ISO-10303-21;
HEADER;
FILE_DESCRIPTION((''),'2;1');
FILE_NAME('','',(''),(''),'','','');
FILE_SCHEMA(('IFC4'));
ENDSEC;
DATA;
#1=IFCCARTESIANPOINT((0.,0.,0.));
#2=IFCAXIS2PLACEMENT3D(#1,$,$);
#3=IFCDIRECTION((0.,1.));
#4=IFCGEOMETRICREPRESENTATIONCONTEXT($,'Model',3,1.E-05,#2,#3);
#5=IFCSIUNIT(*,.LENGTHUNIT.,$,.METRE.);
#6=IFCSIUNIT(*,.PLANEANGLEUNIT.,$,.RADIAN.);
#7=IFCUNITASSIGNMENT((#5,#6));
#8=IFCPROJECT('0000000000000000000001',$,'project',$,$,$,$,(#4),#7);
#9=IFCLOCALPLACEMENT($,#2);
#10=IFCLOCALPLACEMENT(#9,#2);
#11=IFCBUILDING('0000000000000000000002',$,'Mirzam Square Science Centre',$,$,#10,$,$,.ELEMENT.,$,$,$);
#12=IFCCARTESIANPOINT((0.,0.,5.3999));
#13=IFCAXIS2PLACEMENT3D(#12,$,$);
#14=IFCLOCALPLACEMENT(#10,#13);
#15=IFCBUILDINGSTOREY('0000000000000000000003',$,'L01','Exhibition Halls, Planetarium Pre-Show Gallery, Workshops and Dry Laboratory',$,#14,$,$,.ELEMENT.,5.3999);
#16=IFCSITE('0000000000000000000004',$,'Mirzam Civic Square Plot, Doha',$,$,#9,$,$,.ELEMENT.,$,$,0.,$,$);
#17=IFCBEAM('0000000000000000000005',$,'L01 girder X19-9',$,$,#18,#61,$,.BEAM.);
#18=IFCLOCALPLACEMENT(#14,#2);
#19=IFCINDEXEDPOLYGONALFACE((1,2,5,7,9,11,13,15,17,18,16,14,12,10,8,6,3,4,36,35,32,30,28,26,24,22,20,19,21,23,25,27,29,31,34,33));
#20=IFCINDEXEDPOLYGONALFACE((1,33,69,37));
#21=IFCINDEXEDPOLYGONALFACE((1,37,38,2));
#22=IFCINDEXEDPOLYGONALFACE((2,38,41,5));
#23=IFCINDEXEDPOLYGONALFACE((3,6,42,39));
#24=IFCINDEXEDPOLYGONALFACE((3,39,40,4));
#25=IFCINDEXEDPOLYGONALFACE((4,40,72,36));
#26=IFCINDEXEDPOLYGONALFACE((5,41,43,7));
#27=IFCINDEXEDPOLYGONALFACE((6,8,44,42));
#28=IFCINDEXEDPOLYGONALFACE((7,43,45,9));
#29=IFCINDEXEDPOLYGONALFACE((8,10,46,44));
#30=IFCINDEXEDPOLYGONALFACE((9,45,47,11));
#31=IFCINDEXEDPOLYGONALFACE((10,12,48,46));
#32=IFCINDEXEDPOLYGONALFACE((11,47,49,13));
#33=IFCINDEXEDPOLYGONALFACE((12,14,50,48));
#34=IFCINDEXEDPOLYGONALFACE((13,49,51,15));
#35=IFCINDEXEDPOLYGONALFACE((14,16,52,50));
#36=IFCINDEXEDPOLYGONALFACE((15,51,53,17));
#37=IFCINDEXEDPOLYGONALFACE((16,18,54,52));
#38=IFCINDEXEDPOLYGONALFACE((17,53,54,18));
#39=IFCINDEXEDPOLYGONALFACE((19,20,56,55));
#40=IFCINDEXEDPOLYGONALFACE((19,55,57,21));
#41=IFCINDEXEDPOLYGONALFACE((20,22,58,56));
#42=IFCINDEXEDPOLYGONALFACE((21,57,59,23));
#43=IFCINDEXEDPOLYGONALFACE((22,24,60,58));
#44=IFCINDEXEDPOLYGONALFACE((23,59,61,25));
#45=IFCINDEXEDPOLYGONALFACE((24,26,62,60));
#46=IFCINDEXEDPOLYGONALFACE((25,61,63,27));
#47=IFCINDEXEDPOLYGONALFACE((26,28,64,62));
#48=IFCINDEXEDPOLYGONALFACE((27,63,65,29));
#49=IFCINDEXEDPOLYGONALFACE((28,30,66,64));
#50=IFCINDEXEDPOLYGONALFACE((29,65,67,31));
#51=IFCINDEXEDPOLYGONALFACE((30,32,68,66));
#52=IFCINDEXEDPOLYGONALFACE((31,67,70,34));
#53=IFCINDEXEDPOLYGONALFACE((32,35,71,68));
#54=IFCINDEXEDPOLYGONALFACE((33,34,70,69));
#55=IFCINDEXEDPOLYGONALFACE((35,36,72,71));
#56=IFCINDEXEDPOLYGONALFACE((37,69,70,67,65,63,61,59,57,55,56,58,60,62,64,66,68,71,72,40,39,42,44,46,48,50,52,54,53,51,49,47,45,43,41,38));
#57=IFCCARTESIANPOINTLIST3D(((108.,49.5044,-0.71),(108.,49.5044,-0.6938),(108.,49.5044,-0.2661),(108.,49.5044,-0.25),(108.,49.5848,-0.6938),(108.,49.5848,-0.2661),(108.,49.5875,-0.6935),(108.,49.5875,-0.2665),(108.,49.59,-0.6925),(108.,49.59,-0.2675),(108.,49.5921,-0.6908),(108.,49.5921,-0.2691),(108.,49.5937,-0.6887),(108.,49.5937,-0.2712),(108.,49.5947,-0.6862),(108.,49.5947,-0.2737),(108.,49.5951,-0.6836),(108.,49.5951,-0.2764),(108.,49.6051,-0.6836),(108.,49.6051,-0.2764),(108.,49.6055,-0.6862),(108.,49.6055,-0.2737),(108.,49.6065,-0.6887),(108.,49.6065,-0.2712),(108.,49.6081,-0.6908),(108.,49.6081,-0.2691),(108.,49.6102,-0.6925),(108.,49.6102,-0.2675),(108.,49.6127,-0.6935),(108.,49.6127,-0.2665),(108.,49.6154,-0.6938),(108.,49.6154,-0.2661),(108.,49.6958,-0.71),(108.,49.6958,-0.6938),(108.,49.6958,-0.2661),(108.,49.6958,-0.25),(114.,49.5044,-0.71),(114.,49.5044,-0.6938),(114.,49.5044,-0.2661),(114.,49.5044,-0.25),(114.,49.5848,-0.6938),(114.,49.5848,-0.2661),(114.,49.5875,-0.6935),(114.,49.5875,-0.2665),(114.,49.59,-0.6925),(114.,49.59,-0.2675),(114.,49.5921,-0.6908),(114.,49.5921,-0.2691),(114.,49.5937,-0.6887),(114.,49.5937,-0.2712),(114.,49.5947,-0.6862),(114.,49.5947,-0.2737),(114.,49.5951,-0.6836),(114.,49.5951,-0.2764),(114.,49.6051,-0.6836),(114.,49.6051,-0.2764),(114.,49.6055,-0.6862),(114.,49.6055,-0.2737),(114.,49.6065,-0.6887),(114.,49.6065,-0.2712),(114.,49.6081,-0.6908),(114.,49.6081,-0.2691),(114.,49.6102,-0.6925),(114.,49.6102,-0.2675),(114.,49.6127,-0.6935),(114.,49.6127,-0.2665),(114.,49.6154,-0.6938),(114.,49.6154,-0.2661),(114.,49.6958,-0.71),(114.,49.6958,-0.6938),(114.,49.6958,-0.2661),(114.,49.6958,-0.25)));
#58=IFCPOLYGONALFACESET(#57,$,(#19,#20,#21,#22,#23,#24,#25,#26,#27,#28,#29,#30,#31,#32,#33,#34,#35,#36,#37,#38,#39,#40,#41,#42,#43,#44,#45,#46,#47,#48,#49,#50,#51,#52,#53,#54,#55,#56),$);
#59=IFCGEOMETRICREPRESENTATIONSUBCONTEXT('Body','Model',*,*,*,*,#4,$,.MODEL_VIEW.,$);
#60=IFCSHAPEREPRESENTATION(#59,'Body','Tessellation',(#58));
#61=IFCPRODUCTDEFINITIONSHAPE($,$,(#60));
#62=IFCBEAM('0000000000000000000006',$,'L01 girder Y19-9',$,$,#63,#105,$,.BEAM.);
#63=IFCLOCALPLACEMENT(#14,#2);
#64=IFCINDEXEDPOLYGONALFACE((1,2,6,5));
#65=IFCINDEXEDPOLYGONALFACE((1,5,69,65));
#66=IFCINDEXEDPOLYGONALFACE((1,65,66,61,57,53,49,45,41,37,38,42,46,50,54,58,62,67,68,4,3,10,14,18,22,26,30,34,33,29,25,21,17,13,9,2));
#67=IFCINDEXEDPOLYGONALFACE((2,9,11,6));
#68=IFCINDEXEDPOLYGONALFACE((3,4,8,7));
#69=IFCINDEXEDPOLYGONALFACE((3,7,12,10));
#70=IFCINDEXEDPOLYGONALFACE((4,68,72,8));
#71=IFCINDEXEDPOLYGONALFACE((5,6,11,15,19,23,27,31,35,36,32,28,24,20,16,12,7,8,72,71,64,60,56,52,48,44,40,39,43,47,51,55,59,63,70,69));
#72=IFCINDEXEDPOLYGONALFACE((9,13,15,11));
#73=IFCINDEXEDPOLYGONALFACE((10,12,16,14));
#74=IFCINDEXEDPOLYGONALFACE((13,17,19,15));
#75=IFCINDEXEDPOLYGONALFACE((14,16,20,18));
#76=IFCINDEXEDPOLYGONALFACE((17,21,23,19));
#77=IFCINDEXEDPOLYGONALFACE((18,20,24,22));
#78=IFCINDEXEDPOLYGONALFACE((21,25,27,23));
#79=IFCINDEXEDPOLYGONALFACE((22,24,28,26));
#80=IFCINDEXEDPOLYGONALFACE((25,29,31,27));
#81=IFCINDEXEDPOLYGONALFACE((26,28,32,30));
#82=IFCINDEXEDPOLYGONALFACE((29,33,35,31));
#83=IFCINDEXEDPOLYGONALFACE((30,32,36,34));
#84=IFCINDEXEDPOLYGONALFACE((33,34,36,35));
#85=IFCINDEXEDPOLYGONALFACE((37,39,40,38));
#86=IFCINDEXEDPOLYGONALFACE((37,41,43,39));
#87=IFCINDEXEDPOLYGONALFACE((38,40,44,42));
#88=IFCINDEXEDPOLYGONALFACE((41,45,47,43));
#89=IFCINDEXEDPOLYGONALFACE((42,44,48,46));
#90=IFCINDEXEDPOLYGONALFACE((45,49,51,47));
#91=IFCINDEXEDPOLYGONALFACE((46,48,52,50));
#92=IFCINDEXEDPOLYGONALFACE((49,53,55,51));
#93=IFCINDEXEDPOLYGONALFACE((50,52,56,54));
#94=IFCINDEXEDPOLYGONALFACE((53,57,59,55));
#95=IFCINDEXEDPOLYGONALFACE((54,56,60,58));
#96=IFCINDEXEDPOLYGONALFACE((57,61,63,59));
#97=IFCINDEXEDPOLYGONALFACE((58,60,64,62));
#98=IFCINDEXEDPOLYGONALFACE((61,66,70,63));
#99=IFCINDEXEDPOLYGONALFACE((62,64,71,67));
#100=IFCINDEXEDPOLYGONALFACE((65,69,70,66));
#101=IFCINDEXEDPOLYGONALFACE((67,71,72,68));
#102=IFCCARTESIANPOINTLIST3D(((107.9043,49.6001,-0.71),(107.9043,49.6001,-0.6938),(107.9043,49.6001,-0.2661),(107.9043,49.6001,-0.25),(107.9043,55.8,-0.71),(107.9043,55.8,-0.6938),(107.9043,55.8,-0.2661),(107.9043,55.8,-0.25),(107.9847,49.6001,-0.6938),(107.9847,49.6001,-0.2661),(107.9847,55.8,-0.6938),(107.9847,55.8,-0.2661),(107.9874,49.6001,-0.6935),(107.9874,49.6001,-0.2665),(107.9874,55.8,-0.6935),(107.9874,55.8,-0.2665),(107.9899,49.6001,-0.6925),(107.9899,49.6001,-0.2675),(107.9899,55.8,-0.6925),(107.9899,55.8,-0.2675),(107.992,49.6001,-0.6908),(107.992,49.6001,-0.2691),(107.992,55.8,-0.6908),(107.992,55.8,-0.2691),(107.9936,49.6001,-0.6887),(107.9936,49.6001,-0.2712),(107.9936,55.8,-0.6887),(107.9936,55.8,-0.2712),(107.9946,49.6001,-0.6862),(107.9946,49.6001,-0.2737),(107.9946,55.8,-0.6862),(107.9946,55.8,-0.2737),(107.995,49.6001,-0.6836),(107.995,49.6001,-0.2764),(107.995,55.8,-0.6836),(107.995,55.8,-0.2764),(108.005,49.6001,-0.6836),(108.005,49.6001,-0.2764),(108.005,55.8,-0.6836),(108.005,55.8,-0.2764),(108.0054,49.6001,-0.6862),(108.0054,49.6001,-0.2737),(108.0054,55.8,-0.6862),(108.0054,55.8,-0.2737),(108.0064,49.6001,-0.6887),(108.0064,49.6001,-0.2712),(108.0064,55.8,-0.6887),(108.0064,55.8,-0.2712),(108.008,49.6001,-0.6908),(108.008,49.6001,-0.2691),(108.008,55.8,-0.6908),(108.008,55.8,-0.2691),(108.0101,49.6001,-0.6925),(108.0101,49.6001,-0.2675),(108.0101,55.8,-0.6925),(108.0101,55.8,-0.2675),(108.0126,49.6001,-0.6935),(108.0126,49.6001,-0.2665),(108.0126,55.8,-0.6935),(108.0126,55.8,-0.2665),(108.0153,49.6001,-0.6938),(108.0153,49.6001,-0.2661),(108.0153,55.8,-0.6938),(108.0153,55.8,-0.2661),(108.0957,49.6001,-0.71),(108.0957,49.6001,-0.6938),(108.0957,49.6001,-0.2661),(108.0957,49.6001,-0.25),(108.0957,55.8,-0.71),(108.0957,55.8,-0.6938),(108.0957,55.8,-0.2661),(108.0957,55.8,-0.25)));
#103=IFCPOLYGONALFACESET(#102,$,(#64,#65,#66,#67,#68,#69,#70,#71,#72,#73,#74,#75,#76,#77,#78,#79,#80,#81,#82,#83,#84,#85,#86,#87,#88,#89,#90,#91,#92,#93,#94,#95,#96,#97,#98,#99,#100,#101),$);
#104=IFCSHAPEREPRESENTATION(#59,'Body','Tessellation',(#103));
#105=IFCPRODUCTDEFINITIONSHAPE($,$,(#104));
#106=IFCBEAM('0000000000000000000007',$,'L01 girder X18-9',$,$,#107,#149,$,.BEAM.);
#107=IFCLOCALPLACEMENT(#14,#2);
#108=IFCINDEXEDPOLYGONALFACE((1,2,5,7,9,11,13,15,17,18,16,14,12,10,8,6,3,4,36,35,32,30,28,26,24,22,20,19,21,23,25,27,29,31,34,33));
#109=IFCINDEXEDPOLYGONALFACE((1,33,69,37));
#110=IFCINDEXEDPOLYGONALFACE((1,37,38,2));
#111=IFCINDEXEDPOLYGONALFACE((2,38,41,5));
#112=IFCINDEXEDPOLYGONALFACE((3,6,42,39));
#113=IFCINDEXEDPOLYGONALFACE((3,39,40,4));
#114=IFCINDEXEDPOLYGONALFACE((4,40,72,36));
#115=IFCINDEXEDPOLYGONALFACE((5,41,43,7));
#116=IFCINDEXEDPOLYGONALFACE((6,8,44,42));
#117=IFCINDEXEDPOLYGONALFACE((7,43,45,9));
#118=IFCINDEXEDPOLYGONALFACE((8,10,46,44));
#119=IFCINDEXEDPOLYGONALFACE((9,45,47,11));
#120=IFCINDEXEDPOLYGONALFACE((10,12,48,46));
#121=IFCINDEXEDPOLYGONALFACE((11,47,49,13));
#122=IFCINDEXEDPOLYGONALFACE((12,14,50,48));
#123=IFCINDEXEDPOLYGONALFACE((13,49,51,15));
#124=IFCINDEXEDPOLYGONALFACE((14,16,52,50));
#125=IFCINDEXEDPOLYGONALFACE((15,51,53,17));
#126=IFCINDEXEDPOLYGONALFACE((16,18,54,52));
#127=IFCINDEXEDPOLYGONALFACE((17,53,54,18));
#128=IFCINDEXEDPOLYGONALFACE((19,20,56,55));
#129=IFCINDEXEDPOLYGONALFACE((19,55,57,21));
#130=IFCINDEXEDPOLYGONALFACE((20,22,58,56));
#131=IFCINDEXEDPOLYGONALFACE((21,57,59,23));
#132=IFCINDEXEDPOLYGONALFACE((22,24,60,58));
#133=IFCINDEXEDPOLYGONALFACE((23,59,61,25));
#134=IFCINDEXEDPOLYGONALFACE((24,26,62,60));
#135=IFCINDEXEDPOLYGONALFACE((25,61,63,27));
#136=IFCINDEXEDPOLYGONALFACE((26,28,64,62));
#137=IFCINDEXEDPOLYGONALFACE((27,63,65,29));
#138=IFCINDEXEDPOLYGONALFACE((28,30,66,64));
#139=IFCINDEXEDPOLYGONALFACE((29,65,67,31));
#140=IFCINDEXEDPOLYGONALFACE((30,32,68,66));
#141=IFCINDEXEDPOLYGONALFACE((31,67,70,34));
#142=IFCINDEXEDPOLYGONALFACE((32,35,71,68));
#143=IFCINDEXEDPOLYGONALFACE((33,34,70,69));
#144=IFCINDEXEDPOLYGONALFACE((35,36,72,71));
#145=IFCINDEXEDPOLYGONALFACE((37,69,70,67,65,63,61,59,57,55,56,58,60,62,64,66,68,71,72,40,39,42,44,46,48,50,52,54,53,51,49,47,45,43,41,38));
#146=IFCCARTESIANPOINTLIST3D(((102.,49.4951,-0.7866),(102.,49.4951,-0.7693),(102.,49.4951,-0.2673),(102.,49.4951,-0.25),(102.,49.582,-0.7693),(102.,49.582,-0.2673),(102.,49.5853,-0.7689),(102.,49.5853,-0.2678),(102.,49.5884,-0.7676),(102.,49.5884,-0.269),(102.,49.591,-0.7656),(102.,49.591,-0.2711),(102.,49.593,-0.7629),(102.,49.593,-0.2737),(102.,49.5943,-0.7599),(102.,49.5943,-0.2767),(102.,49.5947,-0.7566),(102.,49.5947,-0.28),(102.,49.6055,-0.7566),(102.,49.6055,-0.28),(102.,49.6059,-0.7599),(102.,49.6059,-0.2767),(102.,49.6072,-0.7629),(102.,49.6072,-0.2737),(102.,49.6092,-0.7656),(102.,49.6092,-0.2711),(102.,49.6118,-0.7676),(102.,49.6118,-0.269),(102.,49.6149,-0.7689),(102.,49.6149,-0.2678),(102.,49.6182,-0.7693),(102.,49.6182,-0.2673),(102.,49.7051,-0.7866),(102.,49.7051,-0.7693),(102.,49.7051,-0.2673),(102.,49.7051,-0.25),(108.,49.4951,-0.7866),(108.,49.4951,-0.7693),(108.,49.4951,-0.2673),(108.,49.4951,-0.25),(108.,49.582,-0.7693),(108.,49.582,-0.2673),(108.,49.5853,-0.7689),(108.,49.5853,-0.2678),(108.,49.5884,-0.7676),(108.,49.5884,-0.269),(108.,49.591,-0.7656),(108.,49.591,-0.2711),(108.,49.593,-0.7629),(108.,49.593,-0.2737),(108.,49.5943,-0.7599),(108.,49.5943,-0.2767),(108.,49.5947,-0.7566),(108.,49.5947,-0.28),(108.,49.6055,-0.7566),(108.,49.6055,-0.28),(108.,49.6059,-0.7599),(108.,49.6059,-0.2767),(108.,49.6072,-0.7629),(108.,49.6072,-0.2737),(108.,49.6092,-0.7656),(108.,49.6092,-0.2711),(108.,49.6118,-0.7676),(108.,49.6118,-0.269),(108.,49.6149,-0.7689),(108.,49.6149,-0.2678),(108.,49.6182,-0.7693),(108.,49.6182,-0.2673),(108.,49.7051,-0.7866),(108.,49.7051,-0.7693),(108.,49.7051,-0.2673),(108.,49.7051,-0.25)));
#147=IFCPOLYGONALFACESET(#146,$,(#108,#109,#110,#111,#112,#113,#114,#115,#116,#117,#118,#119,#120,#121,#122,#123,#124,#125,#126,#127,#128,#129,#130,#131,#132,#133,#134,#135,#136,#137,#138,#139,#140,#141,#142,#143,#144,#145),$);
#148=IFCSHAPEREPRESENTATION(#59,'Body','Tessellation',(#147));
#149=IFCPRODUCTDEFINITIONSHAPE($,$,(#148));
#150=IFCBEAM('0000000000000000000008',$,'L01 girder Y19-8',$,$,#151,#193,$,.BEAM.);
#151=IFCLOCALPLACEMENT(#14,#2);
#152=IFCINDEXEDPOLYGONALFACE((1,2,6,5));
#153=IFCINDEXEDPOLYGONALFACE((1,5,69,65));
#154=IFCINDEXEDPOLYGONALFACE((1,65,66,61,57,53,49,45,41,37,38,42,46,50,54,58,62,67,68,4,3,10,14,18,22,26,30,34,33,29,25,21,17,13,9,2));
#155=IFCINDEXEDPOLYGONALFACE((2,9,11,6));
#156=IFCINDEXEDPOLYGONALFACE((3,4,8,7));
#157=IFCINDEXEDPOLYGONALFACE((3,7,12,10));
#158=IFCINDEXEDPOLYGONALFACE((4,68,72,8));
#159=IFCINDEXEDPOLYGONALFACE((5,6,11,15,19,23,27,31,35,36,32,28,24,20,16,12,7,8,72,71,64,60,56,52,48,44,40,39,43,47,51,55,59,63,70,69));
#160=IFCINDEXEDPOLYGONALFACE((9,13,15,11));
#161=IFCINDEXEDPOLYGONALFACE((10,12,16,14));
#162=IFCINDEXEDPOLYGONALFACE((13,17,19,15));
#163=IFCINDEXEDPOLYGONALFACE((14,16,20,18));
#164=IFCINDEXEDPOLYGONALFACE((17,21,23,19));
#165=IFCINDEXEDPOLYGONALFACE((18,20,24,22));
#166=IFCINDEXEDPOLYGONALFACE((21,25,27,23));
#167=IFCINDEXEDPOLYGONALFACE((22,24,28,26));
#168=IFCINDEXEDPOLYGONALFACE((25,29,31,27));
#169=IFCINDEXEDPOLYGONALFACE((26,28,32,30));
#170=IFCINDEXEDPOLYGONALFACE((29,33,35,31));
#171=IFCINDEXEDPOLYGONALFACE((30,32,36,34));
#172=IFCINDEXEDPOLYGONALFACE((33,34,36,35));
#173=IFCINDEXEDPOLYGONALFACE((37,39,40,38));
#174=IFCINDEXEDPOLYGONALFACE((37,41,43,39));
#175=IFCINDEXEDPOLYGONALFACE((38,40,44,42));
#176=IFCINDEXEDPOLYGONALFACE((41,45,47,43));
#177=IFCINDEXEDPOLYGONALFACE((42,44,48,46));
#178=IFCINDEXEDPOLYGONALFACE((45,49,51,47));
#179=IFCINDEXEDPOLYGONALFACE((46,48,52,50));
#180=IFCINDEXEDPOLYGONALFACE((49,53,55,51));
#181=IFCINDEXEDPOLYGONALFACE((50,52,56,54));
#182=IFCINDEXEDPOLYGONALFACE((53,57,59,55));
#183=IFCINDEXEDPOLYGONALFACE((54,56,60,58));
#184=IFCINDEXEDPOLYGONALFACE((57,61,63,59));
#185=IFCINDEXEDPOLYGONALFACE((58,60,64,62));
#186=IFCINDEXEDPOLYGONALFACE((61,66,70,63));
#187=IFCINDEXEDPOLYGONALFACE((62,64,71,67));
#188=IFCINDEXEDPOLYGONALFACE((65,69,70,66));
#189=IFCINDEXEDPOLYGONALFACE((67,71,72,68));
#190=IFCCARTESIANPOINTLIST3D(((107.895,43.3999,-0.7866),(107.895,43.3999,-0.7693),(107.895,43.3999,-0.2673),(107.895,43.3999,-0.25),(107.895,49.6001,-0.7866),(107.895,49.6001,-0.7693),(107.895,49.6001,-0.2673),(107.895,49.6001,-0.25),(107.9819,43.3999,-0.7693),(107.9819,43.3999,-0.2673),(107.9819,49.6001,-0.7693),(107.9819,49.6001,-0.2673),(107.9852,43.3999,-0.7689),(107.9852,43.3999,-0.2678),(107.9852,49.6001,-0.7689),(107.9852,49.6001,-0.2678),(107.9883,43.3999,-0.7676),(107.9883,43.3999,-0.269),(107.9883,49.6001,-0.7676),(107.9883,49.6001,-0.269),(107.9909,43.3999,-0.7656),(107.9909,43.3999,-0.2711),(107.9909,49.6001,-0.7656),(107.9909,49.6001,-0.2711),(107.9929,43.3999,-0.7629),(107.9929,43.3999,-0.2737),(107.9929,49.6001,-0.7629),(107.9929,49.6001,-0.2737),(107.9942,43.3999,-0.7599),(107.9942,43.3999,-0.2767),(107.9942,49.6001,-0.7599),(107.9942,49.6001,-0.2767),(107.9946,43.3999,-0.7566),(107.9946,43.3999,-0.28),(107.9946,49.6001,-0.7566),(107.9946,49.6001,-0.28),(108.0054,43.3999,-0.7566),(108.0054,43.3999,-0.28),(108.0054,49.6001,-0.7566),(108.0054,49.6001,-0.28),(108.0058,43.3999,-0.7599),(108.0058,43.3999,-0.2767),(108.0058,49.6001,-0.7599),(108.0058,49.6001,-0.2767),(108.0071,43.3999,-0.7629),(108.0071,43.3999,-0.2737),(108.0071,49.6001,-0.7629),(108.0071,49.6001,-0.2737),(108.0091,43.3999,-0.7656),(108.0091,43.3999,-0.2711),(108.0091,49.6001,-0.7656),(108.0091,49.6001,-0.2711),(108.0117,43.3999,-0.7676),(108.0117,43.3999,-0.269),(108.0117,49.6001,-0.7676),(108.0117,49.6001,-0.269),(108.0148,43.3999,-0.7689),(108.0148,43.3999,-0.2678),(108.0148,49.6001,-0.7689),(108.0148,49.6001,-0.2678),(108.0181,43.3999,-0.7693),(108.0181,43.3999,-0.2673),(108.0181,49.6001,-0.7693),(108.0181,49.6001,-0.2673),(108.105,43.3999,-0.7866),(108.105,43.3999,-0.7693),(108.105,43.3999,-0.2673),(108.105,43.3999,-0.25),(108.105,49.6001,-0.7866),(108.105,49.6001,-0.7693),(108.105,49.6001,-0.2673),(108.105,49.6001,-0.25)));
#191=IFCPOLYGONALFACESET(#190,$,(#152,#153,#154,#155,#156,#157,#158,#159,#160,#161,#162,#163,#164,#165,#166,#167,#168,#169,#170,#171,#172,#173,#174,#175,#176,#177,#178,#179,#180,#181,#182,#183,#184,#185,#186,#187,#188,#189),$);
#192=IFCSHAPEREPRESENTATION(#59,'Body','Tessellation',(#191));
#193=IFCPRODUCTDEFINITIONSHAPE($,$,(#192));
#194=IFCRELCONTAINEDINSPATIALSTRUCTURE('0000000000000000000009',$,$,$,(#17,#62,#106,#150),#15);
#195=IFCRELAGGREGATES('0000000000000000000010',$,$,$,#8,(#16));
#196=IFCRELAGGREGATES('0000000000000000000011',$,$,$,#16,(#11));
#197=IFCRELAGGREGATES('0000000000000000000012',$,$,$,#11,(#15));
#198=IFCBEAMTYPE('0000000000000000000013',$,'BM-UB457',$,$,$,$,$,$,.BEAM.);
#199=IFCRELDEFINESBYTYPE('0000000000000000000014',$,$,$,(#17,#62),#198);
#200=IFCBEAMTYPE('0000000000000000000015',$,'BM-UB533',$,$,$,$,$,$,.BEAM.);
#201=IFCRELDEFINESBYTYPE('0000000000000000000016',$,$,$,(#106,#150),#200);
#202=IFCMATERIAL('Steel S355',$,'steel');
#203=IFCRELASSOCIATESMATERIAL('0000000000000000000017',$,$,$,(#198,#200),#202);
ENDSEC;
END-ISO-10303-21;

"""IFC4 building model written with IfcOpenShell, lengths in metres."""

from ifc_helpers import new_model, si_unit, direction, frame, origin, origin_2d, place, context, subcontext, project, spatial, i_section, extrude, material, material_profile, profile_set, type_object, element, save


model = new_model("IFC4")

# Units and contexts
model_context = context("Model", 3, precision=1e-05, world=origin(), true_north=direction((0.0, 1.0)))
body_context = subcontext(model_context, "Body", "Model", "MODEL_VIEW")
ifc_project = project(units=[si_unit("LENGTHUNIT", "METRE"), si_unit("PLANEANGLEUNIT", "RADIAN")], contexts=[model_context])

# Site, building, storey
site_placement = place(None, origin())
site = spatial("IfcSite", under=ifc_project, at=site_placement, Name="Mirzam Civic Square Plot, Doha", CompositionType="ELEMENT", RefElevation=0.0)
building_placement = place(site_placement, origin())
building = spatial("IfcBuilding", under=site, at=building_placement, Name="Mirzam Square Science Centre", CompositionType="ELEMENT")
storey_placement = place(building_placement, frame((0.0, 0.0, 5.3999)))
storey = spatial("IfcBuildingStorey", under=building, at=storey_placement, Name="L01", Description="Exhibition Halls, Planetarium Pre-Show Gallery, Workshops and Dry Laboratory", CompositionType="ELEMENT", Elevation=5.3999)

# Shared definitions
ifc_material_1 = material(Name="Steel S355", Category="steel")

# Beams
ifc_material_profile_1 = material_profile(ifc_material_1, i_section(OverallWidth=0.1914, OverallDepth=0.46, WebThickness=0.01, FlangeThickness=0.0161, FilletRadius=0.0103, at=origin_2d()), Name="457x191x82UB")
ifc_profile_set_1 = profile_set([ifc_material_profile_1], Name="Steel S355")
beam_type_1 = type_object("IfcBeamType", Name="BM-UB457", PredefinedType="BEAM", material=ifc_profile_set_1)
beam_1_placement = place(storey_placement, frame((108.0, 49.6001, -0.48), z_axis=(1.0, 0.0, 0.0), x_axis=(0.0, 1.0, 0.0)))
element("IfcBeam", 1, at=beam_1_placement, inside=storey, type_object=beam_type_1, Name="L01 girder X19-9", PredefinedType="BEAM", context=body_context, shape_type="SweptSolid", body=[
    extrude(i_section(OverallWidth=0.1914, OverallDepth=0.46, WebThickness=0.01, FlangeThickness=0.0161, FilletRadius=0.0103, at=origin_2d()), origin(), (0.0, 0.0, 1.0), 6.0),
])
beam_2_placement = place(storey_placement, frame((108.0, 49.6001, -0.48), z_axis=(0.0, 1.0, 0.0), x_axis=(-1.0, 0.0, 0.0)))
element("IfcBeam", 2, at=beam_2_placement, inside=storey, type_object=beam_type_1, Name="L01 girder Y19-9", PredefinedType="BEAM", context=body_context, shape_type="SweptSolid", body=[
    extrude(i_section(OverallWidth=0.1914, OverallDepth=0.46, WebThickness=0.01, FlangeThickness=0.0161, FilletRadius=0.0103, at=origin_2d()), origin(), (0.0, 0.0, 1.0), 6.2),
])
ifc_material_profile_2 = material_profile(ifc_material_1, i_section(OverallWidth=0.21, OverallDepth=0.5366, WebThickness=0.0107, FlangeThickness=0.0173, FilletRadius=0.0127, at=origin_2d()), Name="533x210x101UB")
ifc_profile_set_2 = profile_set([ifc_material_profile_2], Name="Steel S355")
beam_type_2 = type_object("IfcBeamType", Name="BM-UB533", PredefinedType="BEAM", material=ifc_profile_set_2)
beam_3_placement = place(storey_placement, frame((102.0, 49.6001, -0.5183), z_axis=(1.0, 0.0, 0.0), x_axis=(0.0, 1.0, 0.0)))
element("IfcBeam", 3, at=beam_3_placement, inside=storey, type_object=beam_type_2, Name="L01 girder X18-9", PredefinedType="BEAM", context=body_context, shape_type="SweptSolid", body=[
    extrude(i_section(OverallWidth=0.21, OverallDepth=0.5366, WebThickness=0.0107, FlangeThickness=0.0173, FilletRadius=0.0127, at=origin_2d()), origin(), (0.0, 0.0, 1.0), 6.0),
])
beam_4_placement = place(storey_placement, frame((108.0, 43.3999, -0.5183), z_axis=(0.0, 1.0, 0.0), x_axis=(-1.0, 0.0, 0.0)))
element("IfcBeam", 4, at=beam_4_placement, inside=storey, type_object=beam_type_2, Name="L01 girder Y19-8", PredefinedType="BEAM", context=body_context, shape_type="SweptSolid", body=[
    extrude(i_section(OverallWidth=0.21, OverallDepth=0.5366, WebThickness=0.0107, FlangeThickness=0.0173, FilletRadius=0.0127, at=origin_2d()), origin(), (0.0, 0.0, 1.0), 6.2002),
])

save(model, "model.ifc")
